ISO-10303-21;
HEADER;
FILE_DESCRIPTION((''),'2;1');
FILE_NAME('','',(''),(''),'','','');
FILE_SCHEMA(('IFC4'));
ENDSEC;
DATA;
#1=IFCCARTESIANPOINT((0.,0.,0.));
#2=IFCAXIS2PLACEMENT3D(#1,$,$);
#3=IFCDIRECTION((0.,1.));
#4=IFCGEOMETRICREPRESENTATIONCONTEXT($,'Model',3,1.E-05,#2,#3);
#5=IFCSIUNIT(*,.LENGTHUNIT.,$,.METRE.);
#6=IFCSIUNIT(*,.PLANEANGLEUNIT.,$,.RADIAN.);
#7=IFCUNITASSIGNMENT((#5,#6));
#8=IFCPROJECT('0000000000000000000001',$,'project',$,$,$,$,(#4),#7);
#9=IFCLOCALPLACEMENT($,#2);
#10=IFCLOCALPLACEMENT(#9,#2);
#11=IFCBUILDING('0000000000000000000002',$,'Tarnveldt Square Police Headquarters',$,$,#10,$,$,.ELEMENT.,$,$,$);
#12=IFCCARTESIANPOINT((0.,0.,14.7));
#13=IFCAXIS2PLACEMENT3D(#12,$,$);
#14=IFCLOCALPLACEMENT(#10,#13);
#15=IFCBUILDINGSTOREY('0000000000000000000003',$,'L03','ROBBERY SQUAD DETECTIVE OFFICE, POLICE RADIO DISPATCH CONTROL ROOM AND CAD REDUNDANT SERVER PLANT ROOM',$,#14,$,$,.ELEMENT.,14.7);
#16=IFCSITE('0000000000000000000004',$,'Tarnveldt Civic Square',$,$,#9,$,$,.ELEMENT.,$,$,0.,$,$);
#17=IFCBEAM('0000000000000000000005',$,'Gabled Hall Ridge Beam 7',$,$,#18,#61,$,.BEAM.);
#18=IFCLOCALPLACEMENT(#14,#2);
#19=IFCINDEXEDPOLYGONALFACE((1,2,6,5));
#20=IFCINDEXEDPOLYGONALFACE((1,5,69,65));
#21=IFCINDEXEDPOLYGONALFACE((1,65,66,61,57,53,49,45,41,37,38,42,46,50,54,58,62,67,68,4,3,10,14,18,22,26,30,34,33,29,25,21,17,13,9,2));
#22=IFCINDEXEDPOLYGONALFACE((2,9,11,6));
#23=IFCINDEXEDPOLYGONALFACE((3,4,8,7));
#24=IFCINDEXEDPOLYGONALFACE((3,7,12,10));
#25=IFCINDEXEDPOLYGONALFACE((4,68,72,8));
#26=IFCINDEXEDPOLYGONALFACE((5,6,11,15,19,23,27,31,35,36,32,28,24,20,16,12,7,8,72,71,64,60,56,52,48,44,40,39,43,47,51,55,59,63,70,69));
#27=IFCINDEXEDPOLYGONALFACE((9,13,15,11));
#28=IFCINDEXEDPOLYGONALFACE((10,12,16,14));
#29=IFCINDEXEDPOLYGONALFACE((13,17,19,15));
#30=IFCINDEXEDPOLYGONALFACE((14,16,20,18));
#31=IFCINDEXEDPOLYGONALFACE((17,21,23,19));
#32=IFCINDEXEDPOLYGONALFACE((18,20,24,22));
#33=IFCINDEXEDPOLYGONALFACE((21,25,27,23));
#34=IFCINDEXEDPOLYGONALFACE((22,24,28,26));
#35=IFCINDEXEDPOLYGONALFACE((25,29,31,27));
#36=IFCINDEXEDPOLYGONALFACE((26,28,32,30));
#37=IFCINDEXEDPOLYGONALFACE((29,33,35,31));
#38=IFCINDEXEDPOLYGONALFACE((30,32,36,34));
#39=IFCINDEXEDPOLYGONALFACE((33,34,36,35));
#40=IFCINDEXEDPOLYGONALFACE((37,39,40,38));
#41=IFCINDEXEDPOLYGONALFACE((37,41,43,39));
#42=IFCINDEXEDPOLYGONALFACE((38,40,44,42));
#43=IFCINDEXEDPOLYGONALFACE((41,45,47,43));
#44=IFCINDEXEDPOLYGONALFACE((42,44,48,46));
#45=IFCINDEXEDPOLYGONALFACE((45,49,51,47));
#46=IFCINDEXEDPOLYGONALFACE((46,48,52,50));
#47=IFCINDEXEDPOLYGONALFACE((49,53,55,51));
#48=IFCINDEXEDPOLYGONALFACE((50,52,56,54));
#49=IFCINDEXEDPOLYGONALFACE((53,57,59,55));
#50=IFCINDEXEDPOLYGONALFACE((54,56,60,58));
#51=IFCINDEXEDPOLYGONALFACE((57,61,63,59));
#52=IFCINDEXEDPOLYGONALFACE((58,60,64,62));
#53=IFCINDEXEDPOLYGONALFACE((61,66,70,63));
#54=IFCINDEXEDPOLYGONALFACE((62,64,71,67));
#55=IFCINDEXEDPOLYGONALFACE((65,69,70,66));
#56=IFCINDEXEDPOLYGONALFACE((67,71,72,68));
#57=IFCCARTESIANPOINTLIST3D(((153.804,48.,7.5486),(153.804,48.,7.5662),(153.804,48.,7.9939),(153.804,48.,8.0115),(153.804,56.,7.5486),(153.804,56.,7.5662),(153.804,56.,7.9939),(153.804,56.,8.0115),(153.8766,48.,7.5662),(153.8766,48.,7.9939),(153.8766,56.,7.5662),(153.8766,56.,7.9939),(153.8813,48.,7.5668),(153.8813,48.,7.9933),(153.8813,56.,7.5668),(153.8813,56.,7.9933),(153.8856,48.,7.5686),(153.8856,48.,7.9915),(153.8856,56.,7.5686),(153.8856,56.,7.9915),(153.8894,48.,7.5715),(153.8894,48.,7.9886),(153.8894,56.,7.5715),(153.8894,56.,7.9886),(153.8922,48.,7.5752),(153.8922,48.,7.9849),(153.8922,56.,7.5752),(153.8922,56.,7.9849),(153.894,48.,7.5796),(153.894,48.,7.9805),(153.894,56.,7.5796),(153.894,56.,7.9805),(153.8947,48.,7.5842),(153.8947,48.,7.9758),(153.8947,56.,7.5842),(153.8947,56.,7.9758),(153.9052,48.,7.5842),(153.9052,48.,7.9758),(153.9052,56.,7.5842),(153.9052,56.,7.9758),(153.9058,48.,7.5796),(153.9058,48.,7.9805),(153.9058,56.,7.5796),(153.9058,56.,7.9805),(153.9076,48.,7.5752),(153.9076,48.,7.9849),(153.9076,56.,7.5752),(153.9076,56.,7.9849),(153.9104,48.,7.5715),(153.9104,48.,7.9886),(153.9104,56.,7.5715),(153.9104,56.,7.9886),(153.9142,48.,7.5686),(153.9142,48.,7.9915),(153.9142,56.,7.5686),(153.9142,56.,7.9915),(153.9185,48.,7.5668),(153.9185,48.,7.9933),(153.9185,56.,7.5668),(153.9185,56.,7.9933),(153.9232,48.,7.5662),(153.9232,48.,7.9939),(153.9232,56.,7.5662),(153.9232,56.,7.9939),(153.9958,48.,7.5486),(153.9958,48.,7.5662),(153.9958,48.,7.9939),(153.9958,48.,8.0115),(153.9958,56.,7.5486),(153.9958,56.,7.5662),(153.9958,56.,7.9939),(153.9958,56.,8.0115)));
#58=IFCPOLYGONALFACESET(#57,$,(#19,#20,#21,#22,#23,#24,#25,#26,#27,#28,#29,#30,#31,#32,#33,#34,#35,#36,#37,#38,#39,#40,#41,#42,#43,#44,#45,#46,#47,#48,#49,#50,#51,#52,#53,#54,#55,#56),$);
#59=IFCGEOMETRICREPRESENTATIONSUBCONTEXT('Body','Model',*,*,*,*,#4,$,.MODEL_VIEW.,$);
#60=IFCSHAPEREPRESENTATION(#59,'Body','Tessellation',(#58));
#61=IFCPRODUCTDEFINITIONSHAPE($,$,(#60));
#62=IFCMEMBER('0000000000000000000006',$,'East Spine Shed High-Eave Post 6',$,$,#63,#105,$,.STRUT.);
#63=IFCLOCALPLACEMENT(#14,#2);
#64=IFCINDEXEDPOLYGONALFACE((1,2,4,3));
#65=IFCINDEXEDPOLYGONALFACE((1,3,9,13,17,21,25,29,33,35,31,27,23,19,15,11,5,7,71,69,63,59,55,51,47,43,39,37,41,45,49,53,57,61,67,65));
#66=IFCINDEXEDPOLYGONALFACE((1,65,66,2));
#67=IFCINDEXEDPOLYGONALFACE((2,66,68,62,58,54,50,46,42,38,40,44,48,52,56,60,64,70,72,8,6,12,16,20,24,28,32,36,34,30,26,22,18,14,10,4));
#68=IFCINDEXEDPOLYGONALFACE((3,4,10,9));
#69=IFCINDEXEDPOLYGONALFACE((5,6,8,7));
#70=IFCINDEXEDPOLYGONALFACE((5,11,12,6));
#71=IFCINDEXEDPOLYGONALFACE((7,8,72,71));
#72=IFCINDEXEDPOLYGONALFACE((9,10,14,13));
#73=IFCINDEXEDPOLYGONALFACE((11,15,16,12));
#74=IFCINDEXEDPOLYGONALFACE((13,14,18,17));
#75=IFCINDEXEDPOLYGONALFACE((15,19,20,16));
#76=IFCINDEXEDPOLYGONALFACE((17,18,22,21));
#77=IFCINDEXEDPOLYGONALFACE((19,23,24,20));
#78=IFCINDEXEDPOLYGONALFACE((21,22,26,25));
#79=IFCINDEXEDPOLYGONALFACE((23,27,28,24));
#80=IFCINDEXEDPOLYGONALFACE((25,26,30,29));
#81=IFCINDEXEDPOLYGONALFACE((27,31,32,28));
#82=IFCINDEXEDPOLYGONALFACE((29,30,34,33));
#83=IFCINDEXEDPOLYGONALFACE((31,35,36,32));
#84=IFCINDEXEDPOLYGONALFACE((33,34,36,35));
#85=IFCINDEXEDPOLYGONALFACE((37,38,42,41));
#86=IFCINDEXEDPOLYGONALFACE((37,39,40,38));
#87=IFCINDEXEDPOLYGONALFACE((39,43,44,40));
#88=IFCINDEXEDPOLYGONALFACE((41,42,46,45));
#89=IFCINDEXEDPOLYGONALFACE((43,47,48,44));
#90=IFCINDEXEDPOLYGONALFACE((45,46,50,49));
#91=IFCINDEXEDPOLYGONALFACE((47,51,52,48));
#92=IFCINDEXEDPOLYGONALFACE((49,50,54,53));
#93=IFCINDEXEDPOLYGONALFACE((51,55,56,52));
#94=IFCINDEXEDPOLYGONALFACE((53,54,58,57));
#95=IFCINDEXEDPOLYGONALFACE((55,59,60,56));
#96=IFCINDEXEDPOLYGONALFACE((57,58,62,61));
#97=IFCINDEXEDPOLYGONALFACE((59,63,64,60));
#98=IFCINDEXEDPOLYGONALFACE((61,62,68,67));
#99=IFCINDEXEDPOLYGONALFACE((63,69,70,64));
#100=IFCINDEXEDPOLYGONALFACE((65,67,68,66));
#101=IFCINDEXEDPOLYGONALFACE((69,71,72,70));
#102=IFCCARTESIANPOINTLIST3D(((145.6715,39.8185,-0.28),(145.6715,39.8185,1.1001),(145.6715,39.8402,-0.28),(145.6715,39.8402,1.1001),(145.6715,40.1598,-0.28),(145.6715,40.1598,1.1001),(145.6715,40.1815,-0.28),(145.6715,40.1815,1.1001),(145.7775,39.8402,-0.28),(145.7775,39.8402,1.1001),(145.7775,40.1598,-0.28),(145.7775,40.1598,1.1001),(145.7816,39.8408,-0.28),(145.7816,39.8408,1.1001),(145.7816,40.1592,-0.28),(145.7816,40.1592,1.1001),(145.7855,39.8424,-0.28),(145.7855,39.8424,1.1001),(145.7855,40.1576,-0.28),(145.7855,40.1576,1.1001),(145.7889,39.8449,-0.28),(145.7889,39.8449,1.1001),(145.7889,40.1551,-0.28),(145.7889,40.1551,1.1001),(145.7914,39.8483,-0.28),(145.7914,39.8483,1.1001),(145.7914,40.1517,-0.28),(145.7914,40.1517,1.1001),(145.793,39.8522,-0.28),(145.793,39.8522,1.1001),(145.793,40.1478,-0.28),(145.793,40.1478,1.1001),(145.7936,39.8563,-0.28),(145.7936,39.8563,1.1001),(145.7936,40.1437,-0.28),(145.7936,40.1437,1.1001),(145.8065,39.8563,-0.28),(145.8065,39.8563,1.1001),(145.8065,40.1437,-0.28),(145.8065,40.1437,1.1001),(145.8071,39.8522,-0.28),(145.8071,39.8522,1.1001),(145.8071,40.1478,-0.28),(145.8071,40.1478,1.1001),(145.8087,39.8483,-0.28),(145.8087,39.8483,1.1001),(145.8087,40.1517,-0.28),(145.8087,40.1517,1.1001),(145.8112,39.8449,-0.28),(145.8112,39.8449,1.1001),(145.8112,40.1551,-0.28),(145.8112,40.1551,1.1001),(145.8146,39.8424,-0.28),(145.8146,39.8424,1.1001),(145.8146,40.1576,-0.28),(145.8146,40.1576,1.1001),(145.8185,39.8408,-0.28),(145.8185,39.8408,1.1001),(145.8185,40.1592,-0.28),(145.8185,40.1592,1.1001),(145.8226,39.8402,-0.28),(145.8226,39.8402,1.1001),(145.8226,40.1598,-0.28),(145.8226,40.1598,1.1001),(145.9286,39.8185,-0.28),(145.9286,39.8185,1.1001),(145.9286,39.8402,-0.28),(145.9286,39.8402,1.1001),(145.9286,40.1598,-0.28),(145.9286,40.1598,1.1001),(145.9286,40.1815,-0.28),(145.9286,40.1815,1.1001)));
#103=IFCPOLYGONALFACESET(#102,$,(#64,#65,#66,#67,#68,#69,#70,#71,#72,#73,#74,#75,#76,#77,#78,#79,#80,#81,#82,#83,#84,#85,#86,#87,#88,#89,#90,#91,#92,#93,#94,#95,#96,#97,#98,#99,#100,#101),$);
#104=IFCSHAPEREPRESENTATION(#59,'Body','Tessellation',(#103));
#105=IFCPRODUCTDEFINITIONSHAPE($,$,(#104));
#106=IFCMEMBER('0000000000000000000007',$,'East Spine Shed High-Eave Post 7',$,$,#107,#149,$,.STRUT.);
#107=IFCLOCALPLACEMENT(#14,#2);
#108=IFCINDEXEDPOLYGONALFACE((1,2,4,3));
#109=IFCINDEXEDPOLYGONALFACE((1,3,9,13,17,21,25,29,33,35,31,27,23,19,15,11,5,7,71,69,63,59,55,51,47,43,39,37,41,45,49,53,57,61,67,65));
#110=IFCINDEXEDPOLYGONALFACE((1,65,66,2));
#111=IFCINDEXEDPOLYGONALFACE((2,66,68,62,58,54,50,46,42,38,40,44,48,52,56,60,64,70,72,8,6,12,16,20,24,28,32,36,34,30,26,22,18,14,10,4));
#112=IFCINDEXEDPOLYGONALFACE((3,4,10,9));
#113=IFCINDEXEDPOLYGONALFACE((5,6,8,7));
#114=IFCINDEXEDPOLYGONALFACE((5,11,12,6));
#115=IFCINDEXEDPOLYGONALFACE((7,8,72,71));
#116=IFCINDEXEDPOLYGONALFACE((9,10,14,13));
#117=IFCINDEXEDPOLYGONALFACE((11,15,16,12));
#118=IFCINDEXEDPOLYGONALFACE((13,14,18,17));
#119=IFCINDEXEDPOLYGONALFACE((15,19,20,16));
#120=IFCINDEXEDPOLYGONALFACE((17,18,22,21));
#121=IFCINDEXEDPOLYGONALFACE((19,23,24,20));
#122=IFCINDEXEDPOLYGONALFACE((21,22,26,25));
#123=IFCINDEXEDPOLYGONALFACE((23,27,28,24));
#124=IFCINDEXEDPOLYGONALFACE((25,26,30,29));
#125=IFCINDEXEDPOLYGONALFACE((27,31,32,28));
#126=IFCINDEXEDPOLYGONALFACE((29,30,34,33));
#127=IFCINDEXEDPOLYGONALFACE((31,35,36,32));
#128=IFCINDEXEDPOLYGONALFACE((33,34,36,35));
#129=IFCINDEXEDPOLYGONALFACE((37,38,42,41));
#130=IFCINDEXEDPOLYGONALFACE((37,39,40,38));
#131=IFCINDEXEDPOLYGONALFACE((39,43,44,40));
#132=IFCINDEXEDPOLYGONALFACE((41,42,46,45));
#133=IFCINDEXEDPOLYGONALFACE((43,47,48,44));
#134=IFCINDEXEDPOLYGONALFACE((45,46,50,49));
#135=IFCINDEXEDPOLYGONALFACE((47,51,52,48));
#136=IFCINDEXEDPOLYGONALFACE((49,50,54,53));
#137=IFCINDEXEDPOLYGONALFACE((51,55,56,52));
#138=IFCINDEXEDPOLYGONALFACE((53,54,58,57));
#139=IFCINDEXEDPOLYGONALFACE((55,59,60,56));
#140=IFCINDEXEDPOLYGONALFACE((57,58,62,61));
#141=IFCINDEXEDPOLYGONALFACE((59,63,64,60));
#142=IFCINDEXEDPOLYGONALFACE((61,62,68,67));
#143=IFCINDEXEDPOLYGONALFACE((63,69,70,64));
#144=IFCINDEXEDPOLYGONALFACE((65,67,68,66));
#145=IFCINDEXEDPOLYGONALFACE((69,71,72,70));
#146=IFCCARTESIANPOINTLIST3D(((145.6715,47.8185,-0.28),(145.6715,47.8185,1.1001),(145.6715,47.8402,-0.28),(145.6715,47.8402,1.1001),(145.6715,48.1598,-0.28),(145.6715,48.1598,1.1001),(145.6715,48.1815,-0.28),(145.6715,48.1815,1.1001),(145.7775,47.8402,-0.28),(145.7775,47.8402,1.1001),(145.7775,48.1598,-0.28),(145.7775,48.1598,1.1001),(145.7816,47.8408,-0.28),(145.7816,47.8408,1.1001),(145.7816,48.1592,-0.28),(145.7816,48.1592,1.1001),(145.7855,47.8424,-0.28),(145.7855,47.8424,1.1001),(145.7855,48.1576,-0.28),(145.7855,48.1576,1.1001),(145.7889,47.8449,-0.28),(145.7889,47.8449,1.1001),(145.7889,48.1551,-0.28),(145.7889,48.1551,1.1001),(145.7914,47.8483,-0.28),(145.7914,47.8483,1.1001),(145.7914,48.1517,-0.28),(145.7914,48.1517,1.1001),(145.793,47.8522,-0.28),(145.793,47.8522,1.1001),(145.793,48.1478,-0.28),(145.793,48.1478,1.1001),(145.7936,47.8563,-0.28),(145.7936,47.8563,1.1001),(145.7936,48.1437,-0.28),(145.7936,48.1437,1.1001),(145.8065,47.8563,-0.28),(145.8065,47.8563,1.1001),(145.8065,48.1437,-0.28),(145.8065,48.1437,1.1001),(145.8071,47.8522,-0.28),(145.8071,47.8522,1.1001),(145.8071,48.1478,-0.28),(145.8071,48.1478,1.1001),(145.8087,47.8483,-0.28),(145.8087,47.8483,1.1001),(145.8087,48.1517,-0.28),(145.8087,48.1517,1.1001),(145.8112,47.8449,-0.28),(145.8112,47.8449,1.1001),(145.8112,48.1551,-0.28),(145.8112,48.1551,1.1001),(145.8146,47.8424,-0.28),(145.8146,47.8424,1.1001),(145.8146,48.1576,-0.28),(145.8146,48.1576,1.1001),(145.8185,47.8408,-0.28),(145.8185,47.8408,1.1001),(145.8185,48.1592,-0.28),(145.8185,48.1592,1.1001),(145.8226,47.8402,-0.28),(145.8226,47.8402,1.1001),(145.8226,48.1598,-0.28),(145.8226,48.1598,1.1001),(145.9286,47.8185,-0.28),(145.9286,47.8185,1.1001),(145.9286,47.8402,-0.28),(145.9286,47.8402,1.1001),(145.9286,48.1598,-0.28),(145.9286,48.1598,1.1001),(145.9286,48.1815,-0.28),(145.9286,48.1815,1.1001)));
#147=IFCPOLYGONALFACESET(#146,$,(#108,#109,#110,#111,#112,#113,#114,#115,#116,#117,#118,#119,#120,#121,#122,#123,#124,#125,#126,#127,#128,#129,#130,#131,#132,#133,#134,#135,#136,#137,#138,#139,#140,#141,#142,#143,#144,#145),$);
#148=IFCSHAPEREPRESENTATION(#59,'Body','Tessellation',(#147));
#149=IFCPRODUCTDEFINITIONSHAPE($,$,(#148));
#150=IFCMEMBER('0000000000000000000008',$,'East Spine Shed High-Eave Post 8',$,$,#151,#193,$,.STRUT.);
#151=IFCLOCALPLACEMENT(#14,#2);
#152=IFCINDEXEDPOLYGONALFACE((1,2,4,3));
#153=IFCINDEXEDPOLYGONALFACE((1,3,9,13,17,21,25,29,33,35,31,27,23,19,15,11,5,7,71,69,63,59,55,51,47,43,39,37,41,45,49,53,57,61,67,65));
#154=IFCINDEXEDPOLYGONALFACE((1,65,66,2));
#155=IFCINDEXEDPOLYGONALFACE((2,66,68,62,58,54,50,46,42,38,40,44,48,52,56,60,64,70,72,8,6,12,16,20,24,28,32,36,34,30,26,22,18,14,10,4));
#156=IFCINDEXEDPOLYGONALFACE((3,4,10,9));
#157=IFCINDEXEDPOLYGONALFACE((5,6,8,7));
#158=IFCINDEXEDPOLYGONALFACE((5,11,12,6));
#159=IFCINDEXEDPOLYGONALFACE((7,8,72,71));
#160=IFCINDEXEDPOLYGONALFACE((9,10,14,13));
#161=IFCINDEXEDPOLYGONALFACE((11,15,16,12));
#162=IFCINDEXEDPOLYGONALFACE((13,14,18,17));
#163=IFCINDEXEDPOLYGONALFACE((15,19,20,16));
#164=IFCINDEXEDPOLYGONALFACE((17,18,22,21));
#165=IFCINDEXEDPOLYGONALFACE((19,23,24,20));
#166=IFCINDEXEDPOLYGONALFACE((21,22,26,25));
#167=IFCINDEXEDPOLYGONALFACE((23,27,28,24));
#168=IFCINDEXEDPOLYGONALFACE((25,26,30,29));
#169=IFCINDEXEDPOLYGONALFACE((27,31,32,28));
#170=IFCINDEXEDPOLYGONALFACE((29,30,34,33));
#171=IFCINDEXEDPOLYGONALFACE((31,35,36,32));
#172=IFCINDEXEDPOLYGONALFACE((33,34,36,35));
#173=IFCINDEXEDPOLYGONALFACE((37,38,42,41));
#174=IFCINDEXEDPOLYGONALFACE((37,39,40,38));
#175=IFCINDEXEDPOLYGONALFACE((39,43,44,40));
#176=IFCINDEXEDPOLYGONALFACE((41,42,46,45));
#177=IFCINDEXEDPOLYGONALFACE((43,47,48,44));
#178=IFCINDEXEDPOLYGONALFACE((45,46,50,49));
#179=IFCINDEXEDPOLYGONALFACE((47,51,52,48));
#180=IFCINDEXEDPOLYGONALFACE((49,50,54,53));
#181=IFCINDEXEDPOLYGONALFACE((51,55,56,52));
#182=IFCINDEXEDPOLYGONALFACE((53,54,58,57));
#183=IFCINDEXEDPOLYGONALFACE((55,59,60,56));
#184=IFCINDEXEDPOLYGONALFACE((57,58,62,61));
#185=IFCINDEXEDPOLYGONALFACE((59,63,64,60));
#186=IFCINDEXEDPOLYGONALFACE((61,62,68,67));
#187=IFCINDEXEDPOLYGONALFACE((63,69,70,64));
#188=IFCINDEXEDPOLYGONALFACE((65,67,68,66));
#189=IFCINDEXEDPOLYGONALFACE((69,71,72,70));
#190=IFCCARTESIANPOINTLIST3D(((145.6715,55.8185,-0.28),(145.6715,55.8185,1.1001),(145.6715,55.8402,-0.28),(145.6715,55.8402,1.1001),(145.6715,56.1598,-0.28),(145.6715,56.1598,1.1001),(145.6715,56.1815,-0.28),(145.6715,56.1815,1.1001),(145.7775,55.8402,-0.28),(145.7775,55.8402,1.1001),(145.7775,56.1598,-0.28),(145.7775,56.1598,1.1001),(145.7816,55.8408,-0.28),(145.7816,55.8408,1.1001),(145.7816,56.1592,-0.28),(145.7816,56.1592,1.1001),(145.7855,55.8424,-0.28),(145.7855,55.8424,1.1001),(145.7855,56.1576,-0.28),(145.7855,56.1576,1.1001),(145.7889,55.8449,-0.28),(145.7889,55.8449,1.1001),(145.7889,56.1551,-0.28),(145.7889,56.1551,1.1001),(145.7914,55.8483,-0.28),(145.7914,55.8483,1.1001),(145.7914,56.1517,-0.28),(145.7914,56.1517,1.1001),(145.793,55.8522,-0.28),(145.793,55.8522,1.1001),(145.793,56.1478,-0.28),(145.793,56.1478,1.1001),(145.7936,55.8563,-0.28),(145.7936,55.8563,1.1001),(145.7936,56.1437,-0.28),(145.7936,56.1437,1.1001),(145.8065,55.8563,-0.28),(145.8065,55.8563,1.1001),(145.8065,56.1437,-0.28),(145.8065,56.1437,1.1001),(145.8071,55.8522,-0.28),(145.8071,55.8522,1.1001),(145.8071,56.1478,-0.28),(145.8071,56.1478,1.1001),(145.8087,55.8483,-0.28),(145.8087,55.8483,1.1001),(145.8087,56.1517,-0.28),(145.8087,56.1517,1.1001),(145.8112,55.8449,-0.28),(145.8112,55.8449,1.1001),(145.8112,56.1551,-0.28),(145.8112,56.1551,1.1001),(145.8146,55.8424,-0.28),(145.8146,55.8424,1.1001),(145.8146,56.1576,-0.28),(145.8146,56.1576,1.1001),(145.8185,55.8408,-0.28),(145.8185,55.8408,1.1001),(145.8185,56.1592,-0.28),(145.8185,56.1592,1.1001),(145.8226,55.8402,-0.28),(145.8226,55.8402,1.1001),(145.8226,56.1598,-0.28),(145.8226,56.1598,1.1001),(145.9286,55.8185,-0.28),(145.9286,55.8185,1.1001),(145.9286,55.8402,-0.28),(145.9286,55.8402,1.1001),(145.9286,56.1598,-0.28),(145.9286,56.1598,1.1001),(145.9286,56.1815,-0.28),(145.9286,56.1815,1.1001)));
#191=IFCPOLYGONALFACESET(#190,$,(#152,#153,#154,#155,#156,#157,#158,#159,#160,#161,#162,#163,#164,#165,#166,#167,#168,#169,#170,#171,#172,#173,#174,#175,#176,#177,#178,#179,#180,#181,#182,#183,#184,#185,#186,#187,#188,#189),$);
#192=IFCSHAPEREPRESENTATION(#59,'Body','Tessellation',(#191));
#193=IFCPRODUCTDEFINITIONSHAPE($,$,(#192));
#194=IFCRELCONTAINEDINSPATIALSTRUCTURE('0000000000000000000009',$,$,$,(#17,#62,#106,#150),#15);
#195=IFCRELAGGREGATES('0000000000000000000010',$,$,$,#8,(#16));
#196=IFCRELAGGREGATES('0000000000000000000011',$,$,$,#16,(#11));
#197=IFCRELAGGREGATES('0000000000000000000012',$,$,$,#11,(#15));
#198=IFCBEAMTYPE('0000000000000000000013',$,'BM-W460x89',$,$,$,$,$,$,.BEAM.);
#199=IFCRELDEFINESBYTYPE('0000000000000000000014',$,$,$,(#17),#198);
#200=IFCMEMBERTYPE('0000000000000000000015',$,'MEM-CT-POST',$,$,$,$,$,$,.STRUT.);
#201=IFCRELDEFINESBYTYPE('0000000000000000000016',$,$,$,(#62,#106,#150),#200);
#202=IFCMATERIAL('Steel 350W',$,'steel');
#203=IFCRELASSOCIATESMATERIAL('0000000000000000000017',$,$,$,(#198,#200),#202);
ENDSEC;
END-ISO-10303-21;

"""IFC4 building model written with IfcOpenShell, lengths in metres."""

from ifc_helpers import new_model, si_unit, direction, frame, origin, origin_2d, place, context, subcontext, project, spatial, i_section, extrude, material, material_profile, profile_set, type_object, element, save


model = new_model("IFC4")

# Units and contexts
model_context = context("Model", 3, precision=1e-05, world=origin(), true_north=direction((0.0, 1.0)))
body_context = subcontext(model_context, "Body", "Model", "MODEL_VIEW")
ifc_project = project(units=[si_unit("LENGTHUNIT", "METRE"), si_unit("PLANEANGLEUNIT", "RADIAN")], contexts=[model_context])

# Site, building, storey
site_placement = place(None, origin())
site = spatial("IfcSite", under=ifc_project, at=site_placement, Name="Tarnveldt Civic Square", CompositionType="ELEMENT", RefElevation=0.0)
building_placement = place(site_placement, origin())
building = spatial("IfcBuilding", under=site, at=building_placement, Name="Tarnveldt Square Police Headquarters", CompositionType="ELEMENT")
storey_placement = place(building_placement, frame((0.0, 0.0, 14.7)))
storey = spatial("IfcBuildingStorey", under=building, at=storey_placement, Name="L03", Description="ROBBERY SQUAD DETECTIVE OFFICE, POLICE RADIO DISPATCH CONTROL ROOM AND CAD REDUNDANT SERVER PLANT ROOM", CompositionType="ELEMENT", Elevation=14.7)

# Beam
ifc_material_1 = material(Name="Steel 350W", Category="steel")
ifc_material_profile_1 = material_profile(ifc_material_1, i_section(OverallWidth=0.1919, OverallDepth=0.4629, WebThickness=0.0105, FlangeThickness=0.0176, FilletRadius=0.0181, at=origin_2d()), Name="W460x89")
ifc_profile_set_1 = profile_set([ifc_material_profile_1], Name="Steel 350W")
beam_type_1 = type_object("IfcBeamType", Name="BM-W460x89", PredefinedType="BEAM", material=ifc_profile_set_1)
for number, where, z_axis, x_axis, name in (
    (1, (153.8999, 48.0, 7.78), (0.0, 1.0, 0.0), (-1.0, 0.0, 0.0), "Gabled Hall Ridge Beam 7"),
):
    element("IfcBeam", number, at=place(storey_placement, frame(where, z_axis=z_axis, x_axis=x_axis)), inside=storey, type_object=beam_type_1, Name=name, PredefinedType="BEAM", context=body_context, shape_type="SweptSolid", body=[
        extrude(i_section(OverallWidth=0.1919, OverallDepth=0.4629, WebThickness=0.0105, FlangeThickness=0.0176, FilletRadius=0.0181, at=origin_2d()), origin(), (0.0, 0.0, 1.0), 8.0),
    ])

# Members
ifc_material_profile_2 = material_profile(ifc_material_1, i_section(OverallWidth=0.2571, OverallDepth=0.363, WebThickness=0.0129, FlangeThickness=0.0217, FilletRadius=0.0161, at=origin_2d()), Name="W360x122")
ifc_profile_set_2 = profile_set([ifc_material_profile_2], Name="Steel 350W")
member_type_1 = type_object("IfcMemberType", Name="MEM-CT-POST", PredefinedType="STRUT", material=ifc_profile_set_2)
for number, where, z_axis, x_axis, name in (
    (2, (145.8, 40.0, -0.28), (0.0, 0.0, 1.0), (1.0, 0.0, 0.0), "East Spine Shed High-Eave Post 6"),
    (3, (145.8, 48.0, -0.28), (0.0, 0.0, 1.0), (1.0, 0.0, 0.0), "East Spine Shed High-Eave Post 7"),
    (4, (145.8, 56.0, -0.28), (0.0, 0.0, 1.0), (1.0, 0.0, 0.0), "East Spine Shed High-Eave Post 8"),
):
    element("IfcMember", number, at=place(storey_placement, frame(where, z_axis=z_axis, x_axis=x_axis)), inside=storey, type_object=member_type_1, Name=name, PredefinedType="STRUT", context=body_context, shape_type="SweptSolid", body=[
        extrude(i_section(OverallWidth=0.2571, OverallDepth=0.363, WebThickness=0.0129, FlangeThickness=0.0217, FilletRadius=0.0161, at=origin_2d()), origin(), (0.0, 0.0, 1.0), 1.3801),
    ])

save(model, "model.ifc")
